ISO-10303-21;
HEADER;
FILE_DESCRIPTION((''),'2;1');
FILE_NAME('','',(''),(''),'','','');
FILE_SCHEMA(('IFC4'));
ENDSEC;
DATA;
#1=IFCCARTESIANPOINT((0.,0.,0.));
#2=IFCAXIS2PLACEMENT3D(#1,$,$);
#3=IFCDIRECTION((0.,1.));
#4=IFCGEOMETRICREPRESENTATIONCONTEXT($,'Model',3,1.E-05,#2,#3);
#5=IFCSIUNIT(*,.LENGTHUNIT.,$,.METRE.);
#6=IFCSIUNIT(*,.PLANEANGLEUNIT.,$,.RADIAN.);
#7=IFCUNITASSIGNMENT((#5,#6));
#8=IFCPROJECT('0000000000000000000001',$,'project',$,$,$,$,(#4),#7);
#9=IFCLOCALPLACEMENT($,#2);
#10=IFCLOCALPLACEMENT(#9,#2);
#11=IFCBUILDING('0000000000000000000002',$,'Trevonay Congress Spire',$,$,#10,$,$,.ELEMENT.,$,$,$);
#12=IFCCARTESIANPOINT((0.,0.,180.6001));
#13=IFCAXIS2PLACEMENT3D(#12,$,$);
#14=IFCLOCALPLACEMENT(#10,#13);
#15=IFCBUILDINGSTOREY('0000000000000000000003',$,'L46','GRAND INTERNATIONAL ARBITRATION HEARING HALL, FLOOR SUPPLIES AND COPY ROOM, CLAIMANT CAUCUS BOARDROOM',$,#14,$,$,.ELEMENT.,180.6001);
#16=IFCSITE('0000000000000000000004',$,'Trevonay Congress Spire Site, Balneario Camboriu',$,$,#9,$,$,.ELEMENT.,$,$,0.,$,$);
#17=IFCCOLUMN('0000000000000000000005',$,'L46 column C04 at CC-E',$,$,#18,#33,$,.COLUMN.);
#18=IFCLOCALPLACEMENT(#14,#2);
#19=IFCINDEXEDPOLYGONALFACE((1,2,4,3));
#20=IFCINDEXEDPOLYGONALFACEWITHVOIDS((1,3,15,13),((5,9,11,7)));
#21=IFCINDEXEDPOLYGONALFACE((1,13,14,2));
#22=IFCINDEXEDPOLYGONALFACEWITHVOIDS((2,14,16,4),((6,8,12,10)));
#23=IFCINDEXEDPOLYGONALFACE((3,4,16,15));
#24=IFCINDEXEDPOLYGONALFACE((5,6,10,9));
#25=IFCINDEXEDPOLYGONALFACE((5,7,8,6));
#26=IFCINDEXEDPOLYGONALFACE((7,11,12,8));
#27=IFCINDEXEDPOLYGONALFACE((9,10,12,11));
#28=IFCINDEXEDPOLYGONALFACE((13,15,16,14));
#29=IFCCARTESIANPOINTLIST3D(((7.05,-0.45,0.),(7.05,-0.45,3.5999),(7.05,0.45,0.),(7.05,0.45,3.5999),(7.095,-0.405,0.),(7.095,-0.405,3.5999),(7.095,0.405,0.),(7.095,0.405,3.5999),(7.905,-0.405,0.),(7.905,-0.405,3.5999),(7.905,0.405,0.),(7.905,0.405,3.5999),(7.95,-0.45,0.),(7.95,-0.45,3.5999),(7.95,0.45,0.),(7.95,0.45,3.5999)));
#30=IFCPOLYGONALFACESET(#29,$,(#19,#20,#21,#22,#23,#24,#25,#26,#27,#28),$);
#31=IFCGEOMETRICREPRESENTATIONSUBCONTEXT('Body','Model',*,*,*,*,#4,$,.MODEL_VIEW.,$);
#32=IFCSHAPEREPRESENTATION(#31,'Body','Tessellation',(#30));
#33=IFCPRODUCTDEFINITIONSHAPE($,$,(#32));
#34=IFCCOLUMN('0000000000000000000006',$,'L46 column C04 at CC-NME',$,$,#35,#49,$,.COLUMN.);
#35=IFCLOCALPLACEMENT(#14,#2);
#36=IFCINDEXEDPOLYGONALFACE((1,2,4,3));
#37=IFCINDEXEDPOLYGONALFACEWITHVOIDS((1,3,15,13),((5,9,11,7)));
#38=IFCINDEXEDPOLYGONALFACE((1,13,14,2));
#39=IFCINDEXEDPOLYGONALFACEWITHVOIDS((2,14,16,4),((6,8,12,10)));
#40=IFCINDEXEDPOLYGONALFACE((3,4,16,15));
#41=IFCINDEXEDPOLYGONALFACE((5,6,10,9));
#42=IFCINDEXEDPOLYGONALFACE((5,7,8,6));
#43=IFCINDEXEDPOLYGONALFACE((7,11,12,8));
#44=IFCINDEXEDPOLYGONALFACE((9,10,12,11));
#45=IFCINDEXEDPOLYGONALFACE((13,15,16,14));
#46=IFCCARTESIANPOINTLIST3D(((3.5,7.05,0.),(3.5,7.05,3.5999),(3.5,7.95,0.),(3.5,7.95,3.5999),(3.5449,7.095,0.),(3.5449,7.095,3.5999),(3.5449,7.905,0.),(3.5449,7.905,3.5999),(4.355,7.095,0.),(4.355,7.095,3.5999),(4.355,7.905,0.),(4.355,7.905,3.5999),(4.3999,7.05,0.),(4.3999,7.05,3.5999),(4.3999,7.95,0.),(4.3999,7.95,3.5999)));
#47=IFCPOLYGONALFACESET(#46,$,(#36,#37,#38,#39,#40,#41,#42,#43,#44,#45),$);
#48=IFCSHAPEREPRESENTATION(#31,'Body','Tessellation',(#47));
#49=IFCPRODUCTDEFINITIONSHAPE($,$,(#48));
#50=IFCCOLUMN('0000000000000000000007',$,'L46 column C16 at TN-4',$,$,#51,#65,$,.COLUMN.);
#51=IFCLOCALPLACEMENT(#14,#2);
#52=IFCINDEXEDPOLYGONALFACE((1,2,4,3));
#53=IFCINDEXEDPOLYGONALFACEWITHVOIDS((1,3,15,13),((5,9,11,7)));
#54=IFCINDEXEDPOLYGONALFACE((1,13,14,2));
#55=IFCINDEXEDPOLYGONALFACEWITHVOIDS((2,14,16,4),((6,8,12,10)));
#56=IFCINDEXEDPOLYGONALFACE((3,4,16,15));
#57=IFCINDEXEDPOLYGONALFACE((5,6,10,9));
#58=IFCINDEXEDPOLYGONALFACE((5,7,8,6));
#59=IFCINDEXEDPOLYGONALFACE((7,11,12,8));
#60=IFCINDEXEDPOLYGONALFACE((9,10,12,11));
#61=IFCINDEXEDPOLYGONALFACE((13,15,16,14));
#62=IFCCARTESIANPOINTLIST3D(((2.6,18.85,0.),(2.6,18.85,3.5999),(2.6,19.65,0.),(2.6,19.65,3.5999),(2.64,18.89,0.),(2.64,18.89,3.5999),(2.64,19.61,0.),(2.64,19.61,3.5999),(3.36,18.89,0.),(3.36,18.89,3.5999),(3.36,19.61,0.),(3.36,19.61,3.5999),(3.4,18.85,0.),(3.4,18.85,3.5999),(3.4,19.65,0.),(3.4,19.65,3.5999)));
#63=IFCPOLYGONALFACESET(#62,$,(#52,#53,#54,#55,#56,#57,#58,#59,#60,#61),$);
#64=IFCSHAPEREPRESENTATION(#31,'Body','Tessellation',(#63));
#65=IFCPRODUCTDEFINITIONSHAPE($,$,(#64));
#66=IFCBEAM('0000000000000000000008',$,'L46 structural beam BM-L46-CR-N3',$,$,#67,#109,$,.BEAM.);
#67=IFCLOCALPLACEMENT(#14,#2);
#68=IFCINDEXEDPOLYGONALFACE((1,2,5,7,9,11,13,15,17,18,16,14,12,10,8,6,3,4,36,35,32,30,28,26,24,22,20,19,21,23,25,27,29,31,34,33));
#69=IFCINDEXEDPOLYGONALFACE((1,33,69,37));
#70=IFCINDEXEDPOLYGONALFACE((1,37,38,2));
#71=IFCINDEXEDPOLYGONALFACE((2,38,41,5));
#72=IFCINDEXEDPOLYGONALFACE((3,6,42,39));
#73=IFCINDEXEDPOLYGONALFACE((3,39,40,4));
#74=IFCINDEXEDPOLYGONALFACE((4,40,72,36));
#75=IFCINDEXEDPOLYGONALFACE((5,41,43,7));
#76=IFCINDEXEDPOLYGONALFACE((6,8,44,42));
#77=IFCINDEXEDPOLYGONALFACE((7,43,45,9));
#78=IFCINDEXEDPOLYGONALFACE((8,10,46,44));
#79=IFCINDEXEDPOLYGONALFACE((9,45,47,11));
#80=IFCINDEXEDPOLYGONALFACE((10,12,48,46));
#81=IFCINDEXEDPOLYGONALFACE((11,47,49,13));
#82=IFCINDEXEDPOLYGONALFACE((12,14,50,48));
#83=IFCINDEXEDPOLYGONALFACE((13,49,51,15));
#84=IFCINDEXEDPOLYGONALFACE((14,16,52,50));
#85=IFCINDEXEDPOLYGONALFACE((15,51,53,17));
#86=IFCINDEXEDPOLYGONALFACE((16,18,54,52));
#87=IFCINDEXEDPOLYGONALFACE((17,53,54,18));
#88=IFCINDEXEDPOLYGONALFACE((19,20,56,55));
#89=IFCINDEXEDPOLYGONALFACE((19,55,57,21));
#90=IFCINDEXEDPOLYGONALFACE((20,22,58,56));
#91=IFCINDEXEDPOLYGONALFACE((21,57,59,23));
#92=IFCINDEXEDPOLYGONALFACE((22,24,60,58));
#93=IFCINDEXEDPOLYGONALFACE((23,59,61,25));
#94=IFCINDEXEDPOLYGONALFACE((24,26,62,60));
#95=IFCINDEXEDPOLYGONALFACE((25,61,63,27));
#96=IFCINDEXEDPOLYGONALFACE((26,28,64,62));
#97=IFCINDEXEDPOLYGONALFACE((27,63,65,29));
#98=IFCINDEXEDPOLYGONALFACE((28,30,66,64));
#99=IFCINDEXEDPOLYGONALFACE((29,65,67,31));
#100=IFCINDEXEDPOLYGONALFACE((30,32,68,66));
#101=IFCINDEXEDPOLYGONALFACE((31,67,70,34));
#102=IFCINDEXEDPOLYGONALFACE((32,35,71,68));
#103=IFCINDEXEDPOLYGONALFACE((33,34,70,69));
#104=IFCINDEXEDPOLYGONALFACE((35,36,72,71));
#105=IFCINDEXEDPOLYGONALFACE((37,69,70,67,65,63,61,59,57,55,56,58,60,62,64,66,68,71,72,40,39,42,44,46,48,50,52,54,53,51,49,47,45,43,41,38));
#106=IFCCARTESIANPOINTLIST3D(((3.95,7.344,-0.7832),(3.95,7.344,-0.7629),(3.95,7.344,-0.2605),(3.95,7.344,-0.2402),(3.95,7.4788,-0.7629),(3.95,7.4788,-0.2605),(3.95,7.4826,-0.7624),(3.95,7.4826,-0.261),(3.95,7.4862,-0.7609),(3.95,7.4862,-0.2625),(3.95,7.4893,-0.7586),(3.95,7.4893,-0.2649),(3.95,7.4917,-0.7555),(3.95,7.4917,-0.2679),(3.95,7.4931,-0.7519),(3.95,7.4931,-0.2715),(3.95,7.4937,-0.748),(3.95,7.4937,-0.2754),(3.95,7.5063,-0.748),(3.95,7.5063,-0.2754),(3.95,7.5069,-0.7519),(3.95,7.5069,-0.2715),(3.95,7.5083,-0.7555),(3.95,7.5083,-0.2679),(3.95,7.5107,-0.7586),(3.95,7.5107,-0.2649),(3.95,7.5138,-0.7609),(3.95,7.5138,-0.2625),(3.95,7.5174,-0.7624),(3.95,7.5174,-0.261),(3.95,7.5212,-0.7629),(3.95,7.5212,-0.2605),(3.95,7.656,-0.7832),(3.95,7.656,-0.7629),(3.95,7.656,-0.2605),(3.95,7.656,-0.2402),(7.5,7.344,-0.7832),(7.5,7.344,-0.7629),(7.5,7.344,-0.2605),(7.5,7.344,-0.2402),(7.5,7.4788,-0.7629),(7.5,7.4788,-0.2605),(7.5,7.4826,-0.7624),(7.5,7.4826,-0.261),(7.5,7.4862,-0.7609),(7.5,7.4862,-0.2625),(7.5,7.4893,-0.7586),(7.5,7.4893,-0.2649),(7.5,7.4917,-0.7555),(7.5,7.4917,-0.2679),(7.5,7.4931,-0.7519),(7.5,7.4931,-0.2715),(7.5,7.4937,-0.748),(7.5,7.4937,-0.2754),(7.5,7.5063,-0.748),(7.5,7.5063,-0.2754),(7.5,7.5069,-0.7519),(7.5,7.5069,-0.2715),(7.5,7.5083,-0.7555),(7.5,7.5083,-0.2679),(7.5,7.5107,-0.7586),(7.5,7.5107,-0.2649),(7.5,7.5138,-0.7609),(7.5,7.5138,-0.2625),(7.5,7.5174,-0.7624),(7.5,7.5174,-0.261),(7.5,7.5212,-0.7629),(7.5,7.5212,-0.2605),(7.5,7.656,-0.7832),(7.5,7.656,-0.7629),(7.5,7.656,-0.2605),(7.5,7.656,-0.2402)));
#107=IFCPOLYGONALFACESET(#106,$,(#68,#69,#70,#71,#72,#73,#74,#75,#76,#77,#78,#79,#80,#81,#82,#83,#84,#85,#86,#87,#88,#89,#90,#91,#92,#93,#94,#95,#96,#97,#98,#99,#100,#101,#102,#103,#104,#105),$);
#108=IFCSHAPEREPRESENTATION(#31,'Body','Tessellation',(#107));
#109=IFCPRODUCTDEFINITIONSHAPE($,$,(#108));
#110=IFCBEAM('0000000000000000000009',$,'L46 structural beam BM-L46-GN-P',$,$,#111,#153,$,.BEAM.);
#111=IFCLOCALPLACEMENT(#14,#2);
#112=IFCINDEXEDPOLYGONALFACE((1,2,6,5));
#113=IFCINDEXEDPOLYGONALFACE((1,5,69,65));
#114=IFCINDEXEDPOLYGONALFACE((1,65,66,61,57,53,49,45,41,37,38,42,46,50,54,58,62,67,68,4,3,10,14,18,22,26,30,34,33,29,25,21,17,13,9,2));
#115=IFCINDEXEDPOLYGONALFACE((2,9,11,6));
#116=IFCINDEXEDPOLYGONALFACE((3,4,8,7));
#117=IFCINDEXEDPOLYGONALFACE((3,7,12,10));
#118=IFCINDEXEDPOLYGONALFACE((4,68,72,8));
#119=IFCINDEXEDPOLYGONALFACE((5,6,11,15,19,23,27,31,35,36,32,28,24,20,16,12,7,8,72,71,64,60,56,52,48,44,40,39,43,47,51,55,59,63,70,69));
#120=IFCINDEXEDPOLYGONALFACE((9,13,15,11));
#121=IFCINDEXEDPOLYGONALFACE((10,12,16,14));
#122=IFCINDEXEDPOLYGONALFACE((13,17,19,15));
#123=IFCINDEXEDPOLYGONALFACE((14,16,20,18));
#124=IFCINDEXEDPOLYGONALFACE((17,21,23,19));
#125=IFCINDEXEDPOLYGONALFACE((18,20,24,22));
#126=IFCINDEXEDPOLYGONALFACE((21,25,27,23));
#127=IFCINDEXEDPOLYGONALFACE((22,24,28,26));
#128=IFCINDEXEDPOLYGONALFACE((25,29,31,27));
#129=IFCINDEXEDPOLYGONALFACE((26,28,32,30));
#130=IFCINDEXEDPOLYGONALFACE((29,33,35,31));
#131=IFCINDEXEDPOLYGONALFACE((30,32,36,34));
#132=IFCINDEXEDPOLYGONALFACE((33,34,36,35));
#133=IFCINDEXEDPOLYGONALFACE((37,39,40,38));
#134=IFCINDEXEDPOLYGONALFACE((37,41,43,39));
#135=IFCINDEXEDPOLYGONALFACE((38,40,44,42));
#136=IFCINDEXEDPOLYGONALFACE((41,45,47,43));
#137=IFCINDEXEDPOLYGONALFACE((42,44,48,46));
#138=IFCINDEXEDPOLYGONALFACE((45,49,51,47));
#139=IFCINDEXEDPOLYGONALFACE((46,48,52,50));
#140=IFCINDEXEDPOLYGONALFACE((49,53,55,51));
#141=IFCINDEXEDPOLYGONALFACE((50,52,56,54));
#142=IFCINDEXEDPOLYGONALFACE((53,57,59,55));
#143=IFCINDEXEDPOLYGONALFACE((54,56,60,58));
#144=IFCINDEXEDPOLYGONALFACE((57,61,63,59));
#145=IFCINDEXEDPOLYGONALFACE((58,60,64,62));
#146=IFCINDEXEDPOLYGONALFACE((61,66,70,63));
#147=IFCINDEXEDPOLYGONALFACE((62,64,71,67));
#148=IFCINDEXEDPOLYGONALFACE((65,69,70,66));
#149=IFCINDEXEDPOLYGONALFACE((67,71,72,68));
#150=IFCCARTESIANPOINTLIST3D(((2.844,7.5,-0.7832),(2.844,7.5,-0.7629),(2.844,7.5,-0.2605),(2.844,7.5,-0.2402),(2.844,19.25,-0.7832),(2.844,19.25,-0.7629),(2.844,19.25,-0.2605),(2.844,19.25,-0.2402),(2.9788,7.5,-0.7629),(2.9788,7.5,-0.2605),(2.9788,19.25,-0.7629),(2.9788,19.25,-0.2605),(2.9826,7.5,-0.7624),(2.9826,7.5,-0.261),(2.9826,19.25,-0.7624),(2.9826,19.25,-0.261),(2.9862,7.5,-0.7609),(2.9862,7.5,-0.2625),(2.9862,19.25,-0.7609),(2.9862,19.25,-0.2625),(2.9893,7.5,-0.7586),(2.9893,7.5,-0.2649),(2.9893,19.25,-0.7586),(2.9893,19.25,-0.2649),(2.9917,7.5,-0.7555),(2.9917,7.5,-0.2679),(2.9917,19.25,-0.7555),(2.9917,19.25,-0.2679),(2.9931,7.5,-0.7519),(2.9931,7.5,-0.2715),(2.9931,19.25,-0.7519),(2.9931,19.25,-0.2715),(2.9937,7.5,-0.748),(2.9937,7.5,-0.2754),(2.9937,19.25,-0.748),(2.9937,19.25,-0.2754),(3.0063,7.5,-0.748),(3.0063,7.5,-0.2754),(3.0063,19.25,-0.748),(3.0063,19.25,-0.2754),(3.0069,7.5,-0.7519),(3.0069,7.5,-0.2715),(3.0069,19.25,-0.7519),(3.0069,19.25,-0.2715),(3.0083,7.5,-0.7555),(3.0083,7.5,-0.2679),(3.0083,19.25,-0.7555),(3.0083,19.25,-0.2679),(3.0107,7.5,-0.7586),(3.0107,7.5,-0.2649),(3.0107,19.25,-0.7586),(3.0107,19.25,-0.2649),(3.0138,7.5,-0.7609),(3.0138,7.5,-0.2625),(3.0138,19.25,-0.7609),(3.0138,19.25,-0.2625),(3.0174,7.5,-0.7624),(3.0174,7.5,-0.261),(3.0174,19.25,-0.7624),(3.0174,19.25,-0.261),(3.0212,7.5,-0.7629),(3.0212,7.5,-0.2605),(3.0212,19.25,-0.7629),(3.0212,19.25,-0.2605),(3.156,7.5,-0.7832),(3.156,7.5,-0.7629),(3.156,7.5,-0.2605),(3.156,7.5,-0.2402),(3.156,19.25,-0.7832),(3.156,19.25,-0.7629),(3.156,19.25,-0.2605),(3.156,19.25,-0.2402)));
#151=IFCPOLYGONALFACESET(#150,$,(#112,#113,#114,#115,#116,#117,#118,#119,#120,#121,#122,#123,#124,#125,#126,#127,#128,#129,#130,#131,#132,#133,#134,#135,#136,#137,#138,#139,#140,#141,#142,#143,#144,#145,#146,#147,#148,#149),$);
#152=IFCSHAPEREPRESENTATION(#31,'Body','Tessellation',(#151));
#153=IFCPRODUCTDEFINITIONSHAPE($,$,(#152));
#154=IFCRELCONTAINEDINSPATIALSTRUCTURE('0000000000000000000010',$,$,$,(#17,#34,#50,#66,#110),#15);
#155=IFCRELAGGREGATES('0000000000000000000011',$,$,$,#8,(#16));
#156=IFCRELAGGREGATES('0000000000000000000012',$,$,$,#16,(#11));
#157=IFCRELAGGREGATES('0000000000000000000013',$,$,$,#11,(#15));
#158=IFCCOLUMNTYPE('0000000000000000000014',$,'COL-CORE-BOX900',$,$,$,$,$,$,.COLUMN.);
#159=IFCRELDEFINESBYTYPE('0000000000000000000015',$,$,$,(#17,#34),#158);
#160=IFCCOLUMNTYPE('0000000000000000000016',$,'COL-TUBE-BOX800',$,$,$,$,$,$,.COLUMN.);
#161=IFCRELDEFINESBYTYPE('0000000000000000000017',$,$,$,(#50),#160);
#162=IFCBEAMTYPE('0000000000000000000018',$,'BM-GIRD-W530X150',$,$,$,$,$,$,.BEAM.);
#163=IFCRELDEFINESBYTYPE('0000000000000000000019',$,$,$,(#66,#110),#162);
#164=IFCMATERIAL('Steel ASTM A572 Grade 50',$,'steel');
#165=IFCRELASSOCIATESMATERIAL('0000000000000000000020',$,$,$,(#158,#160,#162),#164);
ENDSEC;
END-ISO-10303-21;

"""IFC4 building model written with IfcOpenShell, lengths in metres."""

from ifc_helpers import new_model, si_unit, direction, frame, origin, origin_2d, place, context, subcontext, project, spatial, hollow_rectangle, i_section, extrude, material, material_profile, profile_set, type_object, element, save


model = new_model("IFC4")

# Units and contexts
model_context = context("Model", 3, precision=1e-05, world=origin(), true_north=direction((0.0, 1.0)))
body_context = subcontext(model_context, "Body", "Model", "MODEL_VIEW")
ifc_project = project(units=[si_unit("LENGTHUNIT", "METRE"), si_unit("PLANEANGLEUNIT", "RADIAN")], contexts=[model_context])

# Site, building, storey
site_placement = place(None, origin())
site = spatial("IfcSite", under=ifc_project, at=site_placement, Name="Trevonay Congress Spire Site, Balneario Camboriu", CompositionType="ELEMENT", RefElevation=0.0)
building_placement = place(site_placement, origin())
building = spatial("IfcBuilding", under=site, at=building_placement, Name="Trevonay Congress Spire", CompositionType="ELEMENT")
storey_placement = place(building_placement, frame((0.0, 0.0, 180.6001)))
storey = spatial("IfcBuildingStorey", under=building, at=storey_placement, Name="L46", Description="GRAND INTERNATIONAL ARBITRATION HEARING HALL, FLOOR SUPPLIES AND COPY ROOM, CLAIMANT CAUCUS BOARDROOM", CompositionType="ELEMENT", Elevation=180.6001)

# Columns
ifc_material_1 = material(Name="Steel ASTM A572 Grade 50", Category="steel")
ifc_material_profile_1 = material_profile(ifc_material_1, hollow_rectangle(XDim=0.8999, YDim=0.8999, WallThickness=0.0449, at=origin_2d()), Name="BOX 900x900x45")
ifc_profile_set_1 = profile_set([ifc_material_profile_1], Name="Steel ASTM A572 Grade 50")
column_type_1 = type_object("IfcColumnType", Name="COL-CORE-BOX900", PredefinedType="COLUMN", material=ifc_profile_set_1)
for number, where, z_axis, x_axis, name in (
    (1, (7.5, 0.0, 0.0), (0.0, 0.0, 1.0), (1.0, 0.0, 0.0), "L46 column C04 at CC-E"),
    (2, (3.95, 7.5, 0.0), (0.0, 0.0, 1.0), (1.0, 0.0, 0.0), "L46 column C04 at CC-NME"),
):
    element("IfcColumn", number, at=place(storey_placement, frame(where, z_axis=z_axis, x_axis=x_axis)), inside=storey, type_object=column_type_1, Name=name, PredefinedType="COLUMN", context=body_context, shape_type="SweptSolid", body=[
        extrude(hollow_rectangle(XDim=0.8999, YDim=0.8999, WallThickness=0.0449, at=origin_2d()), origin(), (0.0, 0.0, 1.0), 3.5999),
    ])
ifc_material_profile_2 = material_profile(ifc_material_1, hollow_rectangle(XDim=0.8, YDim=0.8, WallThickness=0.04, at=origin_2d()), Name="BOX 800x800x40")
ifc_profile_set_2 = profile_set([ifc_material_profile_2], Name="Steel ASTM A572 Grade 50")
column_type_2 = type_object("IfcColumnType", Name="COL-TUBE-BOX800", PredefinedType="COLUMN", material=ifc_profile_set_2)
column_placement = place(storey_placement, frame((3.0, 19.25, 0.0), z_axis=(0.0, 0.0, 1.0), x_axis=(1.0, 0.0, 0.0)))
element("IfcColumn", 3, at=column_placement, inside=storey, type_object=column_type_2, Name="L46 column C16 at TN-4", PredefinedType="COLUMN", context=body_context, shape_type="SweptSolid", body=[
    extrude(hollow_rectangle(XDim=0.8, YDim=0.8, WallThickness=0.04, at=origin_2d()), origin(), (0.0, 0.0, 1.0), 3.5999),
])

# Beams
ifc_material_profile_3 = material_profile(ifc_material_1, i_section(OverallWidth=0.312, OverallDepth=0.543, WebThickness=0.0127, FlangeThickness=0.0203, FilletRadius=0.0149, at=origin_2d()), Name="W530x150")
ifc_profile_set_3 = profile_set([ifc_material_profile_3], Name="Steel ASTM A572 Grade 50")
beam_type_1 = type_object("IfcBeamType", Name="BM-GIRD-W530X150", PredefinedType="BEAM", material=ifc_profile_set_3)
beam_1_placement = place(storey_placement, frame((3.95, 7.5, -0.5117), z_axis=(1.0, 0.0, 0.0), x_axis=(0.0, 1.0, 0.0)))
element("IfcBeam", 4, at=beam_1_placement, inside=storey, type_object=beam_type_1, Name="L46 structural beam BM-L46-CR-N3", PredefinedType="BEAM", context=body_context, shape_type="SweptSolid", body=[
    extrude(i_section(OverallWidth=0.312, OverallDepth=0.543, WebThickness=0.0127, FlangeThickness=0.0203, FilletRadius=0.0149, at=origin_2d()), origin(), (0.0, 0.0, 1.0), 3.55),
])
beam_2_placement = place(storey_placement, frame((3.0, 7.5, -0.5117), z_axis=(0.0, 1.0, 0.0), x_axis=(-1.0, 0.0, 0.0)))
element("IfcBeam", 5, at=beam_2_placement, inside=storey, type_object=beam_type_1, Name="L46 structural beam BM-L46-GN-P", PredefinedType="BEAM", context=body_context, shape_type="SweptSolid", body=[
    extrude(i_section(OverallWidth=0.312, OverallDepth=0.543, WebThickness=0.0127, FlangeThickness=0.0203, FilletRadius=0.0149, at=origin_2d()), origin(), (0.0, 0.0, 1.0), 11.75),
])

save(model, "model.ifc")
